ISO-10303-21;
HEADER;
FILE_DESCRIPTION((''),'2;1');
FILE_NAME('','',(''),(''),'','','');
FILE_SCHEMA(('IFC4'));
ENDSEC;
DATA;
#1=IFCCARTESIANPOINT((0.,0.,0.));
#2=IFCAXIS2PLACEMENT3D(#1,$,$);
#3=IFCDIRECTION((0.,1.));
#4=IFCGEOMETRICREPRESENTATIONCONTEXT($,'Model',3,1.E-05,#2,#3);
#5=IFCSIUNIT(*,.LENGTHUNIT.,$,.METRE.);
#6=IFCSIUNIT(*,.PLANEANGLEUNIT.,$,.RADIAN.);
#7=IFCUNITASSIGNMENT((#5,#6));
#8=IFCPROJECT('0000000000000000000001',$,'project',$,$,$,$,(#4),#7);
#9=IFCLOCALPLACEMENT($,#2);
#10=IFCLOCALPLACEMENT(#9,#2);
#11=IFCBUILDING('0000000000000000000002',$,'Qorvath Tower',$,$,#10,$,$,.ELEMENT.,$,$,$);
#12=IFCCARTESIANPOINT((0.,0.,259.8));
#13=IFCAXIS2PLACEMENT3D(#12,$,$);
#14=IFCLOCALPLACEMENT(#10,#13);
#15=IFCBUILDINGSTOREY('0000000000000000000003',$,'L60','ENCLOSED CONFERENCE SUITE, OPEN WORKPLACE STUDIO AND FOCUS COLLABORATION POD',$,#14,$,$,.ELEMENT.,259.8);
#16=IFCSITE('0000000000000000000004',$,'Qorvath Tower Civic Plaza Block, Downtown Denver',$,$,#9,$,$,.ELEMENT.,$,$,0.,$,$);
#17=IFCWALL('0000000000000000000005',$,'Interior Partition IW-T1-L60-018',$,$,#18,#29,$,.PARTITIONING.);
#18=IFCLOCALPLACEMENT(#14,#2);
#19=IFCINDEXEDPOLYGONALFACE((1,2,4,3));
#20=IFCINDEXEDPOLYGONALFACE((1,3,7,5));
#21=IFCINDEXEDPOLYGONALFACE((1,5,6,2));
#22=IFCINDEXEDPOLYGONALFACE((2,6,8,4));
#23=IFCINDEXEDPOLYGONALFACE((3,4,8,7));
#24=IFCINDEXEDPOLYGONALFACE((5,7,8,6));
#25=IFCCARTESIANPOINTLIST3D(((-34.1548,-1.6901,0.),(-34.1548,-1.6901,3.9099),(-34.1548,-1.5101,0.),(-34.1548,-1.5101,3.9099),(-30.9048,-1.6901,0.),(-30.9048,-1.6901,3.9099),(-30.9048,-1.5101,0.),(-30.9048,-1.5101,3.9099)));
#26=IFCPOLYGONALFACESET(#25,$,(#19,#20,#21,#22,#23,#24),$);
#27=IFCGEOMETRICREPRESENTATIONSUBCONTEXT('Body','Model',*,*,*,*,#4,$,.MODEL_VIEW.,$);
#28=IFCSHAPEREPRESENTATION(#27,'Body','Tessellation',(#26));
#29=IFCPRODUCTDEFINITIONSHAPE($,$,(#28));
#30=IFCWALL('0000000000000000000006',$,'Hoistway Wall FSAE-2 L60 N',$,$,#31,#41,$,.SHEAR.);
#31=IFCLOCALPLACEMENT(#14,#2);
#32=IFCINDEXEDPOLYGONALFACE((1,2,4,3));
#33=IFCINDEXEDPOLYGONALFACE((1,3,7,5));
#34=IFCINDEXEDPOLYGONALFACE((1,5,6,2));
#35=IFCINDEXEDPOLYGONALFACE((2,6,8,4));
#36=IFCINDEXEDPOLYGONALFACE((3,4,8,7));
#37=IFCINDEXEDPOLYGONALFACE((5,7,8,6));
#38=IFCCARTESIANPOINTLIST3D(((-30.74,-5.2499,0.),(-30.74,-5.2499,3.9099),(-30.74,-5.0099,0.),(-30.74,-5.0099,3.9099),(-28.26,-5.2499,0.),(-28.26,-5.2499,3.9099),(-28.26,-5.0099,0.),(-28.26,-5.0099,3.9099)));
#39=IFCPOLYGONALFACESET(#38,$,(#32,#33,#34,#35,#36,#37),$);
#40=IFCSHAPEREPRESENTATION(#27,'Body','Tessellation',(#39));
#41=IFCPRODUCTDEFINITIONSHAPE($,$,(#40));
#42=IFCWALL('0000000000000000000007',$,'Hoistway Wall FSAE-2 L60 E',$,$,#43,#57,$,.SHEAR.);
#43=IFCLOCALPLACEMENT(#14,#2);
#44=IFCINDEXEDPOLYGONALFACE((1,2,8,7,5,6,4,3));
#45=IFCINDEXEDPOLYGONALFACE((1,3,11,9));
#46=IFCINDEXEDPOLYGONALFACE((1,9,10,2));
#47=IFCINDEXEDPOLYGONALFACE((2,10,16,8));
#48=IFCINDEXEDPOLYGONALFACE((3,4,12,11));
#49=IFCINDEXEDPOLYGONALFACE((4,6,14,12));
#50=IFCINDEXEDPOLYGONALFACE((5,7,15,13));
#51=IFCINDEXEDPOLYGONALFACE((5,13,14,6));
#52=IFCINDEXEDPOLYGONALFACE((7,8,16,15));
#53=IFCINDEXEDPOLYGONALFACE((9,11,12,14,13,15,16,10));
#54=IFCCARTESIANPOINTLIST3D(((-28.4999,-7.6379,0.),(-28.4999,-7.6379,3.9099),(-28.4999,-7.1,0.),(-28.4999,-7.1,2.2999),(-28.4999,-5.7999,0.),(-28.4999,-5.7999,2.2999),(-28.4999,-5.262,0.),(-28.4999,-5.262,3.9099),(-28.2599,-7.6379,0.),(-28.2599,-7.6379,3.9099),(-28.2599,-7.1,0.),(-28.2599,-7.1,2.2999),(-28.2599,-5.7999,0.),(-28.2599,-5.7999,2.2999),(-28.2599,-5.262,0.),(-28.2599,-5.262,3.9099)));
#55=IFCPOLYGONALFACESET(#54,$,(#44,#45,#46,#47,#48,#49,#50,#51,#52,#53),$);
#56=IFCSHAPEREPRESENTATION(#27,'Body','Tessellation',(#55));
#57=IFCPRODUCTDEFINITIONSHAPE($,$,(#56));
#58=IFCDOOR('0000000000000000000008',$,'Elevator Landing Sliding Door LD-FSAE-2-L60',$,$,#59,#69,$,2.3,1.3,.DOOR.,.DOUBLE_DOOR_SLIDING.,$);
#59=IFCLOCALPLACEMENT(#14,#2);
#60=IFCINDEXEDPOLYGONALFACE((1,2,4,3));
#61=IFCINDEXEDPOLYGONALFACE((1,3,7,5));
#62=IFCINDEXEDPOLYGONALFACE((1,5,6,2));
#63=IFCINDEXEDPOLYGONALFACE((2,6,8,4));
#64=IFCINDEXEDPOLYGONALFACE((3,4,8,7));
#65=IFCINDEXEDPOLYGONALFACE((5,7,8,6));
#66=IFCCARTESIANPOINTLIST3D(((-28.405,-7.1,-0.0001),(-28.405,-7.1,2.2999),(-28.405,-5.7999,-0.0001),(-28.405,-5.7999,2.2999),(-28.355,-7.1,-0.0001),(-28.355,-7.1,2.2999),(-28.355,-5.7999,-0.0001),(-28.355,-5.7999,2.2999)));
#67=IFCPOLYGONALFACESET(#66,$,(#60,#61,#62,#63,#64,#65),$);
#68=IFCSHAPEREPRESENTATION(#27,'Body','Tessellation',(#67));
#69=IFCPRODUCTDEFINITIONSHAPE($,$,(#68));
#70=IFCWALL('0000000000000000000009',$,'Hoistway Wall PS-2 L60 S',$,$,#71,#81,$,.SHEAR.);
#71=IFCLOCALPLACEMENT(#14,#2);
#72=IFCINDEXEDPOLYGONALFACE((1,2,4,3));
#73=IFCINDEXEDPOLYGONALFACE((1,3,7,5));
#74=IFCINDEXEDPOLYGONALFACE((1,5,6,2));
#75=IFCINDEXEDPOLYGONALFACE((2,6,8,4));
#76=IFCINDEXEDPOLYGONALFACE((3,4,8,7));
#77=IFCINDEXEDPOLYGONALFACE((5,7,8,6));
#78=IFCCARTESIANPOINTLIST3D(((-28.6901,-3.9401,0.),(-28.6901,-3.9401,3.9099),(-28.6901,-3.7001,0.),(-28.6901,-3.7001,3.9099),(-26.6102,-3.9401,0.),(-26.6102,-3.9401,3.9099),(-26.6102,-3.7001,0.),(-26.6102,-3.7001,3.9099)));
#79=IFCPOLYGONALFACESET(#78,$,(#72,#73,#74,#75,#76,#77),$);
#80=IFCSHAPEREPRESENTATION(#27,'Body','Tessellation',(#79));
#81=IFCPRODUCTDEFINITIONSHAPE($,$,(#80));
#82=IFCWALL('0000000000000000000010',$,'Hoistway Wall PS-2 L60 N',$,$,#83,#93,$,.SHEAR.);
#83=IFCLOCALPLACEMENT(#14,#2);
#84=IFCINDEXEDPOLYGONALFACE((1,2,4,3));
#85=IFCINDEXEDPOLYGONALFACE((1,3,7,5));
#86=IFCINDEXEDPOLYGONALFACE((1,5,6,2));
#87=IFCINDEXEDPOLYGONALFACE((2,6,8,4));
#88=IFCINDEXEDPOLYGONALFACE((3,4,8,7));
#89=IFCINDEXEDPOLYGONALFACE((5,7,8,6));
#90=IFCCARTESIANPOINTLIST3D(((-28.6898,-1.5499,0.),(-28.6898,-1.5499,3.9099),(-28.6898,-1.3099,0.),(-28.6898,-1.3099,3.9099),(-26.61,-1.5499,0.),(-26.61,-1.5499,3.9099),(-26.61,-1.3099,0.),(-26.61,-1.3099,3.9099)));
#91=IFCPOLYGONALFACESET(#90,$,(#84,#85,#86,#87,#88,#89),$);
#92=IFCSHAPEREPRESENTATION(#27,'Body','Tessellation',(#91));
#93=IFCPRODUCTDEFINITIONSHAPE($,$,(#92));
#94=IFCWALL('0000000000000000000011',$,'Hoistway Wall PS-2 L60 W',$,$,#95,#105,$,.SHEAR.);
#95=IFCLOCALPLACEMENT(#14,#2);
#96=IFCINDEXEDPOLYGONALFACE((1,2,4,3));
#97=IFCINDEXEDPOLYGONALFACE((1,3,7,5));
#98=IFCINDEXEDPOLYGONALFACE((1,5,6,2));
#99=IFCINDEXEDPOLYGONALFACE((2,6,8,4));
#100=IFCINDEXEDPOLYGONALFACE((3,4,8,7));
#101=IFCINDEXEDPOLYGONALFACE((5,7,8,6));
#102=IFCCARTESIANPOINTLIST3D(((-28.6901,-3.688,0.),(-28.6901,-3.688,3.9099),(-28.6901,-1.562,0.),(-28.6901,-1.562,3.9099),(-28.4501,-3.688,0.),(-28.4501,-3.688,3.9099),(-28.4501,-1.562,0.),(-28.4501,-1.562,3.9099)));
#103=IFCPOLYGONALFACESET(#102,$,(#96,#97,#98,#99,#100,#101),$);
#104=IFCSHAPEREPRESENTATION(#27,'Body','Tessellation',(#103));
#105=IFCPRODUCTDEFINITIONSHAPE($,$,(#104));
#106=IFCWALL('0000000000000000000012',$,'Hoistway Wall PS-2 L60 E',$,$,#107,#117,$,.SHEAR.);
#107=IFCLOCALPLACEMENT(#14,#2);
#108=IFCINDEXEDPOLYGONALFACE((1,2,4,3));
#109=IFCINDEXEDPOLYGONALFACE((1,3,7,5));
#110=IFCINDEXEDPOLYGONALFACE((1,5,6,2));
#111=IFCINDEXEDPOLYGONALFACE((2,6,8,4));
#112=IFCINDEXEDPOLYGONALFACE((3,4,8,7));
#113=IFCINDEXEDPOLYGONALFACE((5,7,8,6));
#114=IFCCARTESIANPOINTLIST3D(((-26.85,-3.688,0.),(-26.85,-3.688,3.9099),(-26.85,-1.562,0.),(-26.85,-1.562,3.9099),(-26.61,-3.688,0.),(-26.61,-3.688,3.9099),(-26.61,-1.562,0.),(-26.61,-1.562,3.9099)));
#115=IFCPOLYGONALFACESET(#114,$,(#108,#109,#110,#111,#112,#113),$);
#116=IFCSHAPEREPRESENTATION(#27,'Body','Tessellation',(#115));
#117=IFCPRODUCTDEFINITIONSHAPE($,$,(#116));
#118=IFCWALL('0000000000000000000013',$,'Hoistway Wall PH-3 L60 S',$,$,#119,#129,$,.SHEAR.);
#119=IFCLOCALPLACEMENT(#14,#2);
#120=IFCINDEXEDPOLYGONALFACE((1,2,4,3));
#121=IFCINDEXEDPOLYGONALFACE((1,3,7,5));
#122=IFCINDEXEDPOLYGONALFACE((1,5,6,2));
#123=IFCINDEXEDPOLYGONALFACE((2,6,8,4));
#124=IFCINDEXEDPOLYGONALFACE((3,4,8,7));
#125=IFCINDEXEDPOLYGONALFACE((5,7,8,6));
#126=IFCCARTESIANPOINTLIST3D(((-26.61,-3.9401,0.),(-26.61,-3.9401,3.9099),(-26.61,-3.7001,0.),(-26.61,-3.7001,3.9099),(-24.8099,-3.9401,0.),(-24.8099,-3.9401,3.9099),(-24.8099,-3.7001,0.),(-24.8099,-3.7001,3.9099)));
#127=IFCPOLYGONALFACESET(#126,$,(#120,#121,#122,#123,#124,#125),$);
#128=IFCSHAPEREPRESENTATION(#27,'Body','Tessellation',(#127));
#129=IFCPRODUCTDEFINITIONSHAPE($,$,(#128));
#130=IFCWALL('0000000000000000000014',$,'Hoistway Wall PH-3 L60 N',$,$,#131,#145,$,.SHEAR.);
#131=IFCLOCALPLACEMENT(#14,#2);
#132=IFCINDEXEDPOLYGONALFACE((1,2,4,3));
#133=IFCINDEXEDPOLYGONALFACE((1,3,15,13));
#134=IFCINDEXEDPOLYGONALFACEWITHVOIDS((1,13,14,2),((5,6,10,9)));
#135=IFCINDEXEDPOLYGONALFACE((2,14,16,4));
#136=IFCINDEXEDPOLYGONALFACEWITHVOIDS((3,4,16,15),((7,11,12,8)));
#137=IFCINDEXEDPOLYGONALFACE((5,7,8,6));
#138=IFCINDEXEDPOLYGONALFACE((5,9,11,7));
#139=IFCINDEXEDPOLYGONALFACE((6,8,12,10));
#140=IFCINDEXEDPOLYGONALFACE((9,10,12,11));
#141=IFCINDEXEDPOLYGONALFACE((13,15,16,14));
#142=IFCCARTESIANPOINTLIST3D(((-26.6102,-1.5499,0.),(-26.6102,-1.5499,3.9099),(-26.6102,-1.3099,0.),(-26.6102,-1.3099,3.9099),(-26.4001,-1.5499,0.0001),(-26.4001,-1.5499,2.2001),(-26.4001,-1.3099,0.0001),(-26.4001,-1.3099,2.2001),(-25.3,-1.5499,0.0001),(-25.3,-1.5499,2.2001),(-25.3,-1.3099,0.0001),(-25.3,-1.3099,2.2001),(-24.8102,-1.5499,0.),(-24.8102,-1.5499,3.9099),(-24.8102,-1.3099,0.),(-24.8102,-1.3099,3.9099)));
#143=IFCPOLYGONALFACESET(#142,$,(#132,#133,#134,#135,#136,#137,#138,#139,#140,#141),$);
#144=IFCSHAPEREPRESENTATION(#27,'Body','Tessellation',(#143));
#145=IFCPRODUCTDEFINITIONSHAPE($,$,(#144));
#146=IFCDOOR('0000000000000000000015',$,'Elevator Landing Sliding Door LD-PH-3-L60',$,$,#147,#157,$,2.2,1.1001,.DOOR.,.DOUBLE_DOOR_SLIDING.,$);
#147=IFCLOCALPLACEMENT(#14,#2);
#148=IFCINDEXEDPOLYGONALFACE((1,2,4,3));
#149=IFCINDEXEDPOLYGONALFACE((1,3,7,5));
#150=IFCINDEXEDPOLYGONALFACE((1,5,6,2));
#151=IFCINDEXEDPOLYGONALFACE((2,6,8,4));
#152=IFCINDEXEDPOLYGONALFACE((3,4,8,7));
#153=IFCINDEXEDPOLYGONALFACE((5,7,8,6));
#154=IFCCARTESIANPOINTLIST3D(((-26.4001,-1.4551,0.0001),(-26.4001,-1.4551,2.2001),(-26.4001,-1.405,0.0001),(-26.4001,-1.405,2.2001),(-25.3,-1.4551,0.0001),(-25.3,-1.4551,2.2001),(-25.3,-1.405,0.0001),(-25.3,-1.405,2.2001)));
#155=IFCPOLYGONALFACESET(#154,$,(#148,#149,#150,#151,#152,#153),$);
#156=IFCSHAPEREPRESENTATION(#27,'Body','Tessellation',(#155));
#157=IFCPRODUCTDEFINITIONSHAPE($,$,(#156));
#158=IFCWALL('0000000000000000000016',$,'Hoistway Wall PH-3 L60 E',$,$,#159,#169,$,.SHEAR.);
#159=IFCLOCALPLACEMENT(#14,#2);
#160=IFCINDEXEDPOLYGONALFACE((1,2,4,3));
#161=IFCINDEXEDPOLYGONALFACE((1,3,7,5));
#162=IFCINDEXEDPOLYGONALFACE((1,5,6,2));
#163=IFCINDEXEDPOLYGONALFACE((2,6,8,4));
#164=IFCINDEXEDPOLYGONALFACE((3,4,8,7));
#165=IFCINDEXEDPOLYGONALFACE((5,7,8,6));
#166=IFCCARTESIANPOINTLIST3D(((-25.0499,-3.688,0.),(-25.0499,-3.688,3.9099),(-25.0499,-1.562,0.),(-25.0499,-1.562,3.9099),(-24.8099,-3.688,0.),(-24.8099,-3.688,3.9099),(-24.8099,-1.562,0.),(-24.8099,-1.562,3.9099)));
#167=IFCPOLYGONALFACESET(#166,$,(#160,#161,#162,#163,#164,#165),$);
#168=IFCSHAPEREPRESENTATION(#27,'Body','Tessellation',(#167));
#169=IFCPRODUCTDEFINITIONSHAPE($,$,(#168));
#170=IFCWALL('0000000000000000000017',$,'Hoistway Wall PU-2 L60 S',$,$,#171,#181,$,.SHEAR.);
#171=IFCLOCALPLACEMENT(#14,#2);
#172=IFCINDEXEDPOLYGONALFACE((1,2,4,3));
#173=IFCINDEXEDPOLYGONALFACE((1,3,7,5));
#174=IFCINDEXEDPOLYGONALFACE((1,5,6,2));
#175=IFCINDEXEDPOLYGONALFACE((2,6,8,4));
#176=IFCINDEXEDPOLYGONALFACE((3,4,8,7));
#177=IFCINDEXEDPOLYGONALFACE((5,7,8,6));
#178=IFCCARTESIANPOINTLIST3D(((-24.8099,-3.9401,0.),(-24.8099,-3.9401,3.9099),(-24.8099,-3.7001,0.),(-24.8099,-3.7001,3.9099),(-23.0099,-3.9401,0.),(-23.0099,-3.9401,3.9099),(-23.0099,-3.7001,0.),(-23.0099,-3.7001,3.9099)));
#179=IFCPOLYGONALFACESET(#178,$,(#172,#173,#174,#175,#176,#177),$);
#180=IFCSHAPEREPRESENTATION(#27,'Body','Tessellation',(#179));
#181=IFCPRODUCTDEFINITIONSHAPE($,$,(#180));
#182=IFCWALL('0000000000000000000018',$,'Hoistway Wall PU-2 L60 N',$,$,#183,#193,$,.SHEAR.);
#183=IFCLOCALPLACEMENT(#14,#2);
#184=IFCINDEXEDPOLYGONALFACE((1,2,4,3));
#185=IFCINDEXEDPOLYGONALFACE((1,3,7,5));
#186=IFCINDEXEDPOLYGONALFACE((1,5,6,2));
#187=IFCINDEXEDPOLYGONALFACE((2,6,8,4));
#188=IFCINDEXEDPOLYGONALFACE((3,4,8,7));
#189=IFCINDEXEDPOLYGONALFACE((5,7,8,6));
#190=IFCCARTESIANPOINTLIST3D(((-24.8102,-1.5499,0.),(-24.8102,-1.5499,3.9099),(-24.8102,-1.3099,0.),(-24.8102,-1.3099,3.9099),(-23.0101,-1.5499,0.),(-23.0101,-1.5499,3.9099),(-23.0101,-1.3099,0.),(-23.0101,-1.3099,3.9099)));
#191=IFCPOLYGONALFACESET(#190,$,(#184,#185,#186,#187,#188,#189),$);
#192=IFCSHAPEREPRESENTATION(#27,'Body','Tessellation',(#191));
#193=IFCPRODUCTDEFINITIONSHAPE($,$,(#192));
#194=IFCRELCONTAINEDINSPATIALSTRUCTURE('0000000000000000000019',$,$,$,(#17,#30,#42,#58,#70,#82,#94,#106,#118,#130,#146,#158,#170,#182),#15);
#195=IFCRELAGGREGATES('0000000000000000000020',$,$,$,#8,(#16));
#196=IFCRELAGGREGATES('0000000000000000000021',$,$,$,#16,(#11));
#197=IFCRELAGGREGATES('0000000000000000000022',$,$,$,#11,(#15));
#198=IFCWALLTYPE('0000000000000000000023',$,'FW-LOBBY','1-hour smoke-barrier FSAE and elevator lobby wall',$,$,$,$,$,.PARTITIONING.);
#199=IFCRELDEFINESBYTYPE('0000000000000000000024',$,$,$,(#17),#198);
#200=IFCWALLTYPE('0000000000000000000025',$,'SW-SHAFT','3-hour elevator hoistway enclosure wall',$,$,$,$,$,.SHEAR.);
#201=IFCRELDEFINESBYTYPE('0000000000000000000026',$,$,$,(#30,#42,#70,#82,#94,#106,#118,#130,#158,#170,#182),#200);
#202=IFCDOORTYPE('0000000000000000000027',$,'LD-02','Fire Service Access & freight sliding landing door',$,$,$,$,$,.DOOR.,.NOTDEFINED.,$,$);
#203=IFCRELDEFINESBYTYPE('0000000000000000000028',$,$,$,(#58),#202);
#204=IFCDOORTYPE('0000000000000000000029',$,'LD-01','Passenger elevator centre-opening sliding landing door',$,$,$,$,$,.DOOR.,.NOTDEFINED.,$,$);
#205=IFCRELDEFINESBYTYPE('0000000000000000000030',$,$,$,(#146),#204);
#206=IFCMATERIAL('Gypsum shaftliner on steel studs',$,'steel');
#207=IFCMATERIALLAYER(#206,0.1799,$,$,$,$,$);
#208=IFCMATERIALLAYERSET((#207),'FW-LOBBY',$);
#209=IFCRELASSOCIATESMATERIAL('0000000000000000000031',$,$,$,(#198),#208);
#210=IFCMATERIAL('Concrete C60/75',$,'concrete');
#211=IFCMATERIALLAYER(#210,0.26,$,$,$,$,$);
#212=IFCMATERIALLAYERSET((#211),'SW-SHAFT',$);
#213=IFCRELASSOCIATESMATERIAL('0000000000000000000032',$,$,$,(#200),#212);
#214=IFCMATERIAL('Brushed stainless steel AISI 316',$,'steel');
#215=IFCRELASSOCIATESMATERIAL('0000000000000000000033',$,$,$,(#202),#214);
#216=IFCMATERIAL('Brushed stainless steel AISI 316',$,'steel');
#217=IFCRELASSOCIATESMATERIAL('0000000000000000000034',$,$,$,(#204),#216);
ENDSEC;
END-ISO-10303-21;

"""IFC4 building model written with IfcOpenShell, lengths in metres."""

from ifc_helpers import new_model, si_unit, direction, frame, frame_2d, origin, place, context, subcontext, project, spatial, rectangle, extrude, material, layer, layer_set, type_object, element, fill, save


model = new_model("IFC4")

# Units and contexts
model_context = context("Model", 3, precision=1e-05, world=origin(), true_north=direction((0.0, 1.0)))
body_context = subcontext(model_context, "Body", "Model", "MODEL_VIEW")
ifc_project = project(units=[si_unit("LENGTHUNIT", "METRE"), si_unit("PLANEANGLEUNIT", "RADIAN")], contexts=[model_context])

# Site, building, storey
site_placement = place(None, origin())
site = spatial("IfcSite", under=ifc_project, at=site_placement, Name="Qorvath Tower Civic Plaza Block, Downtown Denver", CompositionType="ELEMENT", RefElevation=0.0)
building_placement = place(site_placement, origin())
building = spatial("IfcBuilding", under=site, at=building_placement, Name="Qorvath Tower", CompositionType="ELEMENT")
storey_placement = place(building_placement, frame((0.0, 0.0, 259.8)))
storey = spatial("IfcBuildingStorey", under=building, at=storey_placement, Name="L60", Description="ENCLOSED CONFERENCE SUITE, OPEN WORKPLACE STUDIO AND FOCUS COLLABORATION POD", CompositionType="ELEMENT", Elevation=259.8)

# Walls
ifc_material_1 = material(Name="Gypsum shaftliner on steel studs", Category="steel")
ifc_layer_1 = layer(ifc_material_1, 0.1799)
ifc_layer_set_1 = layer_set([ifc_layer_1], Name="FW-LOBBY")
wall_type_1 = type_object("IfcWallType", Name="FW-LOBBY", Description="1-hour smoke-barrier FSAE and elevator lobby wall", PredefinedType="PARTITIONING", material=ifc_layer_set_1)
wall_1_placement = place(storey_placement, frame((-30.9048, -1.6001, 0.0), z_axis=(0.0, 0.0, 1.0), x_axis=(-1.0, 0.0, 0.0)))
element("IfcWall", 1, at=wall_1_placement, inside=storey, type_object=wall_type_1, Name="Interior Partition IW-T1-L60-018", PredefinedType="PARTITIONING", context=body_context, shape_type="SweptSolid", body=[
    extrude(rectangle(XDim=3.25, YDim=0.1799, at=frame_2d((1.625, 0.0))), origin(), (0.0, 0.0, 1.0), 3.9099),
])
ifc_material_2 = material(Name="Concrete C60/75", Category="concrete")
ifc_layer_2 = layer(ifc_material_2, 0.26)
ifc_layer_set_2 = layer_set([ifc_layer_2], Name="SW-SHAFT")
wall_type_2 = type_object("IfcWallType", Name="SW-SHAFT", Description="3-hour elevator hoistway enclosure wall", PredefinedType="SHEAR", material=ifc_layer_set_2)
wall_2_placement = place(storey_placement, frame((-30.74, -5.1299, 0.0), z_axis=(0.0, 0.0, 1.0), x_axis=(1.0, 0.0, 0.0)))
element("IfcWall", 2, at=wall_2_placement, inside=storey, type_object=wall_type_2, Name="Hoistway Wall FSAE-2 L60 N", PredefinedType="SHEAR", context=body_context, shape_type="SweptSolid", body=[
    extrude(rectangle(XDim=2.48, YDim=0.24, at=frame_2d((1.24, 0.0))), origin(), (0.0, 0.0, 1.0), 3.9099),
])

# Wall, opening, door
wall_3_placement = place(storey_placement, frame((-28.3799, -5.262, 0.0), z_axis=(0.0, 0.0, 1.0), x_axis=(0.0, -1.0, 0.0)))
wall_3 = element("IfcWall", 3, at=wall_3_placement, inside=storey, type_object=wall_type_2, Name="Hoistway Wall FSAE-2 L60 E", PredefinedType="SHEAR", context=body_context, shape_type="SweptSolid", body=[
    extrude(rectangle(XDim=2.376, YDim=0.24, at=frame_2d((1.188, 0.0))), origin(), (0.0, 0.0, 1.0), 3.9099),
])
opening_1_placement = place(wall_3_placement, frame((0.5381, 0.0, 0.0)))
opening_1 = element("IfcOpeningElement", 4, at=opening_1_placement, cuts=wall_3, PredefinedType="OPENING", context=body_context, shape_type="SweptSolid", body=[
    extrude(rectangle(XDim=1.3, YDim=2.3, at=frame_2d((0.6499, 1.1499))), frame((0.0, 0.1299, 0.0), z_axis=(0.0, -1.0, 0.0), x_axis=(1.0, 0.0, 0.0)), (0.0, 0.0, 1.0), 0.26),
])
ifc_material_3 = material(Name="Brushed stainless steel AISI 316", Category="steel")
door_type_1 = type_object("IfcDoorType", Name="LD-02", Description="Fire Service Access & freight sliding landing door", OperationType="NOTDEFINED", PredefinedType="DOOR", material=ifc_material_3)
door_1_placement = place(opening_1_placement, origin())
door_1 = element("IfcDoor", 5, at=door_1_placement, inside=storey, type_object=door_type_1, Name="Elevator Landing Sliding Door LD-FSAE-2-L60", OperationType="DOUBLE_DOOR_SLIDING", OverallHeight=2.3, OverallWidth=1.3, PredefinedType="DOOR", context=body_context, shape_type="SweptSolid", body=[
    extrude(rectangle(XDim=1.3, YDim=2.3, at=frame_2d((0.6499, 1.1499))), frame((0.0, 0.0249, 0.0), z_axis=(0.0, -1.0, 0.0), x_axis=(1.0, 0.0, 0.0)), (0.0, 0.0, 1.0), 0.05),
])
fill(opening_1, door_1)

# Walls
for number, where, z_axis, x_axis, name in (
    (6, (-26.6101, -3.8201, 0.0), (0.0, 0.0, 1.0), (-1.0, 0.0, 0.0), "Hoistway Wall PS-2 L60 S"),
    (7, (-28.6899, -1.4299, 0.0), (0.0, 0.0, 1.0), (1.0, 0.0, 0.0), "Hoistway Wall PS-2 L60 N"),
):
    element("IfcWall", number, at=place(storey_placement, frame(where, z_axis=z_axis, x_axis=x_axis)), inside=storey, type_object=wall_type_2, Name=name, PredefinedType="SHEAR", context=body_context, shape_type="SweptSolid", body=[
        extrude(rectangle(XDim=2.0798, YDim=0.24, at=frame_2d((1.04, 0.0))), origin(), (0.0, 0.0, 1.0), 3.9099),
    ])
for number, where, z_axis, x_axis, name in (
    (8, (-28.5701, -3.688, 0.0), (0.0, 0.0, 1.0), (0.0, 1.0, 0.0), "Hoistway Wall PS-2 L60 W"),
    (9, (-26.73, -1.562, 0.0), (0.0, 0.0, 1.0), (0.0, -1.0, 0.0), "Hoistway Wall PS-2 L60 E"),
):
    element("IfcWall", number, at=place(storey_placement, frame(where, z_axis=z_axis, x_axis=x_axis)), inside=storey, type_object=wall_type_2, Name=name, PredefinedType="SHEAR", context=body_context, shape_type="SweptSolid", body=[
        extrude(rectangle(XDim=2.126, YDim=0.24, at=frame_2d((1.063, 0.0))), origin(), (0.0, 0.0, 1.0), 3.9099),
    ])
wall_4_placement = place(storey_placement, frame((-24.8101, -3.8201, 0.0), z_axis=(0.0, 0.0, 1.0), x_axis=(-1.0, 0.0, 0.0)))
element("IfcWall", 10, at=wall_4_placement, inside=storey, type_object=wall_type_2, Name="Hoistway Wall PH-3 L60 S", PredefinedType="SHEAR", context=body_context, shape_type="SweptSolid", body=[
    extrude(rectangle(XDim=1.8, YDim=0.24, at=frame_2d((0.8999, 0.0))), origin(), (0.0, 0.0, 1.0), 3.9099),
])

# Wall, opening, door
wall_5_placement = place(storey_placement, frame((-26.6101, -1.4299, 0.0), z_axis=(0.0, 0.0, 1.0), x_axis=(1.0, 0.0, 0.0)))
wall_5 = element("IfcWall", 11, at=wall_5_placement, inside=storey, type_object=wall_type_2, Name="Hoistway Wall PH-3 L60 N", PredefinedType="SHEAR", context=body_context, shape_type="SweptSolid", body=[
    extrude(rectangle(XDim=1.8, YDim=0.24, at=frame_2d((0.8999, 0.0))), origin(), (0.0, 0.0, 1.0), 3.9099),
])
opening_2_placement = place(wall_5_placement, frame((0.21, 0.0, 0.0)))
opening_2 = element("IfcOpeningElement", 12, at=opening_2_placement, cuts=wall_5, PredefinedType="OPENING", context=body_context, shape_type="SweptSolid", body=[
    extrude(rectangle(XDim=1.1001, YDim=2.2, at=frame_2d((0.55, 1.1001))), frame((0.0, 0.1299, 0.0), z_axis=(0.0, -1.0, 0.0), x_axis=(1.0, 0.0, 0.0)), (0.0, 0.0, 1.0), 0.26),
])
ifc_material_4 = material(Name="Brushed stainless steel AISI 316", Category="steel")
door_type_2 = type_object("IfcDoorType", Name="LD-01", Description="Passenger elevator centre-opening sliding landing door", OperationType="NOTDEFINED", PredefinedType="DOOR", material=ifc_material_4)
door_2_placement = place(opening_2_placement, origin())
door_2 = element("IfcDoor", 13, at=door_2_placement, inside=storey, type_object=door_type_2, Name="Elevator Landing Sliding Door LD-PH-3-L60", OperationType="DOUBLE_DOOR_SLIDING", OverallHeight=2.2, OverallWidth=1.1001, PredefinedType="DOOR", context=body_context, shape_type="SweptSolid", body=[
    extrude(rectangle(XDim=1.1001, YDim=2.2, at=frame_2d((0.55, 1.1001))), frame((0.0, 0.0249, 0.0), z_axis=(0.0, -1.0, 0.0), x_axis=(1.0, 0.0, 0.0)), (0.0, 0.0, 1.0), 0.05),
])
fill(opening_2, door_2)

# Walls
wall_6_placement = place(storey_placement, frame((-24.9299, -1.562, 0.0), z_axis=(0.0, 0.0, 1.0), x_axis=(0.0, -1.0, 0.0)))
element("IfcWall", 14, at=wall_6_placement, inside=storey, type_object=wall_type_2, Name="Hoistway Wall PH-3 L60 E", PredefinedType="SHEAR", context=body_context, shape_type="SweptSolid", body=[
    extrude(rectangle(XDim=2.126, YDim=0.24, at=frame_2d((1.063, 0.0))), origin(), (0.0, 0.0, 1.0), 3.9099),
])
for number, where, z_axis, x_axis, name in (
    (15, (-23.01, -3.8201, 0.0), (0.0, 0.0, 1.0), (-1.0, 0.0, 0.0), "Hoistway Wall PU-2 L60 S"),
    (16, (-24.8101, -1.4299, 0.0), (0.0, 0.0, 1.0), (1.0, 0.0, 0.0), "Hoistway Wall PU-2 L60 N"),
):
    element("IfcWall", number, at=place(storey_placement, frame(where, z_axis=z_axis, x_axis=x_axis)), inside=storey, type_object=wall_type_2, Name=name, PredefinedType="SHEAR", context=body_context, shape_type="SweptSolid", body=[
        extrude(rectangle(XDim=1.8, YDim=0.24, at=frame_2d((0.8999, 0.0))), origin(), (0.0, 0.0, 1.0), 3.9099),
    ])

save(model, "model.ifc")
